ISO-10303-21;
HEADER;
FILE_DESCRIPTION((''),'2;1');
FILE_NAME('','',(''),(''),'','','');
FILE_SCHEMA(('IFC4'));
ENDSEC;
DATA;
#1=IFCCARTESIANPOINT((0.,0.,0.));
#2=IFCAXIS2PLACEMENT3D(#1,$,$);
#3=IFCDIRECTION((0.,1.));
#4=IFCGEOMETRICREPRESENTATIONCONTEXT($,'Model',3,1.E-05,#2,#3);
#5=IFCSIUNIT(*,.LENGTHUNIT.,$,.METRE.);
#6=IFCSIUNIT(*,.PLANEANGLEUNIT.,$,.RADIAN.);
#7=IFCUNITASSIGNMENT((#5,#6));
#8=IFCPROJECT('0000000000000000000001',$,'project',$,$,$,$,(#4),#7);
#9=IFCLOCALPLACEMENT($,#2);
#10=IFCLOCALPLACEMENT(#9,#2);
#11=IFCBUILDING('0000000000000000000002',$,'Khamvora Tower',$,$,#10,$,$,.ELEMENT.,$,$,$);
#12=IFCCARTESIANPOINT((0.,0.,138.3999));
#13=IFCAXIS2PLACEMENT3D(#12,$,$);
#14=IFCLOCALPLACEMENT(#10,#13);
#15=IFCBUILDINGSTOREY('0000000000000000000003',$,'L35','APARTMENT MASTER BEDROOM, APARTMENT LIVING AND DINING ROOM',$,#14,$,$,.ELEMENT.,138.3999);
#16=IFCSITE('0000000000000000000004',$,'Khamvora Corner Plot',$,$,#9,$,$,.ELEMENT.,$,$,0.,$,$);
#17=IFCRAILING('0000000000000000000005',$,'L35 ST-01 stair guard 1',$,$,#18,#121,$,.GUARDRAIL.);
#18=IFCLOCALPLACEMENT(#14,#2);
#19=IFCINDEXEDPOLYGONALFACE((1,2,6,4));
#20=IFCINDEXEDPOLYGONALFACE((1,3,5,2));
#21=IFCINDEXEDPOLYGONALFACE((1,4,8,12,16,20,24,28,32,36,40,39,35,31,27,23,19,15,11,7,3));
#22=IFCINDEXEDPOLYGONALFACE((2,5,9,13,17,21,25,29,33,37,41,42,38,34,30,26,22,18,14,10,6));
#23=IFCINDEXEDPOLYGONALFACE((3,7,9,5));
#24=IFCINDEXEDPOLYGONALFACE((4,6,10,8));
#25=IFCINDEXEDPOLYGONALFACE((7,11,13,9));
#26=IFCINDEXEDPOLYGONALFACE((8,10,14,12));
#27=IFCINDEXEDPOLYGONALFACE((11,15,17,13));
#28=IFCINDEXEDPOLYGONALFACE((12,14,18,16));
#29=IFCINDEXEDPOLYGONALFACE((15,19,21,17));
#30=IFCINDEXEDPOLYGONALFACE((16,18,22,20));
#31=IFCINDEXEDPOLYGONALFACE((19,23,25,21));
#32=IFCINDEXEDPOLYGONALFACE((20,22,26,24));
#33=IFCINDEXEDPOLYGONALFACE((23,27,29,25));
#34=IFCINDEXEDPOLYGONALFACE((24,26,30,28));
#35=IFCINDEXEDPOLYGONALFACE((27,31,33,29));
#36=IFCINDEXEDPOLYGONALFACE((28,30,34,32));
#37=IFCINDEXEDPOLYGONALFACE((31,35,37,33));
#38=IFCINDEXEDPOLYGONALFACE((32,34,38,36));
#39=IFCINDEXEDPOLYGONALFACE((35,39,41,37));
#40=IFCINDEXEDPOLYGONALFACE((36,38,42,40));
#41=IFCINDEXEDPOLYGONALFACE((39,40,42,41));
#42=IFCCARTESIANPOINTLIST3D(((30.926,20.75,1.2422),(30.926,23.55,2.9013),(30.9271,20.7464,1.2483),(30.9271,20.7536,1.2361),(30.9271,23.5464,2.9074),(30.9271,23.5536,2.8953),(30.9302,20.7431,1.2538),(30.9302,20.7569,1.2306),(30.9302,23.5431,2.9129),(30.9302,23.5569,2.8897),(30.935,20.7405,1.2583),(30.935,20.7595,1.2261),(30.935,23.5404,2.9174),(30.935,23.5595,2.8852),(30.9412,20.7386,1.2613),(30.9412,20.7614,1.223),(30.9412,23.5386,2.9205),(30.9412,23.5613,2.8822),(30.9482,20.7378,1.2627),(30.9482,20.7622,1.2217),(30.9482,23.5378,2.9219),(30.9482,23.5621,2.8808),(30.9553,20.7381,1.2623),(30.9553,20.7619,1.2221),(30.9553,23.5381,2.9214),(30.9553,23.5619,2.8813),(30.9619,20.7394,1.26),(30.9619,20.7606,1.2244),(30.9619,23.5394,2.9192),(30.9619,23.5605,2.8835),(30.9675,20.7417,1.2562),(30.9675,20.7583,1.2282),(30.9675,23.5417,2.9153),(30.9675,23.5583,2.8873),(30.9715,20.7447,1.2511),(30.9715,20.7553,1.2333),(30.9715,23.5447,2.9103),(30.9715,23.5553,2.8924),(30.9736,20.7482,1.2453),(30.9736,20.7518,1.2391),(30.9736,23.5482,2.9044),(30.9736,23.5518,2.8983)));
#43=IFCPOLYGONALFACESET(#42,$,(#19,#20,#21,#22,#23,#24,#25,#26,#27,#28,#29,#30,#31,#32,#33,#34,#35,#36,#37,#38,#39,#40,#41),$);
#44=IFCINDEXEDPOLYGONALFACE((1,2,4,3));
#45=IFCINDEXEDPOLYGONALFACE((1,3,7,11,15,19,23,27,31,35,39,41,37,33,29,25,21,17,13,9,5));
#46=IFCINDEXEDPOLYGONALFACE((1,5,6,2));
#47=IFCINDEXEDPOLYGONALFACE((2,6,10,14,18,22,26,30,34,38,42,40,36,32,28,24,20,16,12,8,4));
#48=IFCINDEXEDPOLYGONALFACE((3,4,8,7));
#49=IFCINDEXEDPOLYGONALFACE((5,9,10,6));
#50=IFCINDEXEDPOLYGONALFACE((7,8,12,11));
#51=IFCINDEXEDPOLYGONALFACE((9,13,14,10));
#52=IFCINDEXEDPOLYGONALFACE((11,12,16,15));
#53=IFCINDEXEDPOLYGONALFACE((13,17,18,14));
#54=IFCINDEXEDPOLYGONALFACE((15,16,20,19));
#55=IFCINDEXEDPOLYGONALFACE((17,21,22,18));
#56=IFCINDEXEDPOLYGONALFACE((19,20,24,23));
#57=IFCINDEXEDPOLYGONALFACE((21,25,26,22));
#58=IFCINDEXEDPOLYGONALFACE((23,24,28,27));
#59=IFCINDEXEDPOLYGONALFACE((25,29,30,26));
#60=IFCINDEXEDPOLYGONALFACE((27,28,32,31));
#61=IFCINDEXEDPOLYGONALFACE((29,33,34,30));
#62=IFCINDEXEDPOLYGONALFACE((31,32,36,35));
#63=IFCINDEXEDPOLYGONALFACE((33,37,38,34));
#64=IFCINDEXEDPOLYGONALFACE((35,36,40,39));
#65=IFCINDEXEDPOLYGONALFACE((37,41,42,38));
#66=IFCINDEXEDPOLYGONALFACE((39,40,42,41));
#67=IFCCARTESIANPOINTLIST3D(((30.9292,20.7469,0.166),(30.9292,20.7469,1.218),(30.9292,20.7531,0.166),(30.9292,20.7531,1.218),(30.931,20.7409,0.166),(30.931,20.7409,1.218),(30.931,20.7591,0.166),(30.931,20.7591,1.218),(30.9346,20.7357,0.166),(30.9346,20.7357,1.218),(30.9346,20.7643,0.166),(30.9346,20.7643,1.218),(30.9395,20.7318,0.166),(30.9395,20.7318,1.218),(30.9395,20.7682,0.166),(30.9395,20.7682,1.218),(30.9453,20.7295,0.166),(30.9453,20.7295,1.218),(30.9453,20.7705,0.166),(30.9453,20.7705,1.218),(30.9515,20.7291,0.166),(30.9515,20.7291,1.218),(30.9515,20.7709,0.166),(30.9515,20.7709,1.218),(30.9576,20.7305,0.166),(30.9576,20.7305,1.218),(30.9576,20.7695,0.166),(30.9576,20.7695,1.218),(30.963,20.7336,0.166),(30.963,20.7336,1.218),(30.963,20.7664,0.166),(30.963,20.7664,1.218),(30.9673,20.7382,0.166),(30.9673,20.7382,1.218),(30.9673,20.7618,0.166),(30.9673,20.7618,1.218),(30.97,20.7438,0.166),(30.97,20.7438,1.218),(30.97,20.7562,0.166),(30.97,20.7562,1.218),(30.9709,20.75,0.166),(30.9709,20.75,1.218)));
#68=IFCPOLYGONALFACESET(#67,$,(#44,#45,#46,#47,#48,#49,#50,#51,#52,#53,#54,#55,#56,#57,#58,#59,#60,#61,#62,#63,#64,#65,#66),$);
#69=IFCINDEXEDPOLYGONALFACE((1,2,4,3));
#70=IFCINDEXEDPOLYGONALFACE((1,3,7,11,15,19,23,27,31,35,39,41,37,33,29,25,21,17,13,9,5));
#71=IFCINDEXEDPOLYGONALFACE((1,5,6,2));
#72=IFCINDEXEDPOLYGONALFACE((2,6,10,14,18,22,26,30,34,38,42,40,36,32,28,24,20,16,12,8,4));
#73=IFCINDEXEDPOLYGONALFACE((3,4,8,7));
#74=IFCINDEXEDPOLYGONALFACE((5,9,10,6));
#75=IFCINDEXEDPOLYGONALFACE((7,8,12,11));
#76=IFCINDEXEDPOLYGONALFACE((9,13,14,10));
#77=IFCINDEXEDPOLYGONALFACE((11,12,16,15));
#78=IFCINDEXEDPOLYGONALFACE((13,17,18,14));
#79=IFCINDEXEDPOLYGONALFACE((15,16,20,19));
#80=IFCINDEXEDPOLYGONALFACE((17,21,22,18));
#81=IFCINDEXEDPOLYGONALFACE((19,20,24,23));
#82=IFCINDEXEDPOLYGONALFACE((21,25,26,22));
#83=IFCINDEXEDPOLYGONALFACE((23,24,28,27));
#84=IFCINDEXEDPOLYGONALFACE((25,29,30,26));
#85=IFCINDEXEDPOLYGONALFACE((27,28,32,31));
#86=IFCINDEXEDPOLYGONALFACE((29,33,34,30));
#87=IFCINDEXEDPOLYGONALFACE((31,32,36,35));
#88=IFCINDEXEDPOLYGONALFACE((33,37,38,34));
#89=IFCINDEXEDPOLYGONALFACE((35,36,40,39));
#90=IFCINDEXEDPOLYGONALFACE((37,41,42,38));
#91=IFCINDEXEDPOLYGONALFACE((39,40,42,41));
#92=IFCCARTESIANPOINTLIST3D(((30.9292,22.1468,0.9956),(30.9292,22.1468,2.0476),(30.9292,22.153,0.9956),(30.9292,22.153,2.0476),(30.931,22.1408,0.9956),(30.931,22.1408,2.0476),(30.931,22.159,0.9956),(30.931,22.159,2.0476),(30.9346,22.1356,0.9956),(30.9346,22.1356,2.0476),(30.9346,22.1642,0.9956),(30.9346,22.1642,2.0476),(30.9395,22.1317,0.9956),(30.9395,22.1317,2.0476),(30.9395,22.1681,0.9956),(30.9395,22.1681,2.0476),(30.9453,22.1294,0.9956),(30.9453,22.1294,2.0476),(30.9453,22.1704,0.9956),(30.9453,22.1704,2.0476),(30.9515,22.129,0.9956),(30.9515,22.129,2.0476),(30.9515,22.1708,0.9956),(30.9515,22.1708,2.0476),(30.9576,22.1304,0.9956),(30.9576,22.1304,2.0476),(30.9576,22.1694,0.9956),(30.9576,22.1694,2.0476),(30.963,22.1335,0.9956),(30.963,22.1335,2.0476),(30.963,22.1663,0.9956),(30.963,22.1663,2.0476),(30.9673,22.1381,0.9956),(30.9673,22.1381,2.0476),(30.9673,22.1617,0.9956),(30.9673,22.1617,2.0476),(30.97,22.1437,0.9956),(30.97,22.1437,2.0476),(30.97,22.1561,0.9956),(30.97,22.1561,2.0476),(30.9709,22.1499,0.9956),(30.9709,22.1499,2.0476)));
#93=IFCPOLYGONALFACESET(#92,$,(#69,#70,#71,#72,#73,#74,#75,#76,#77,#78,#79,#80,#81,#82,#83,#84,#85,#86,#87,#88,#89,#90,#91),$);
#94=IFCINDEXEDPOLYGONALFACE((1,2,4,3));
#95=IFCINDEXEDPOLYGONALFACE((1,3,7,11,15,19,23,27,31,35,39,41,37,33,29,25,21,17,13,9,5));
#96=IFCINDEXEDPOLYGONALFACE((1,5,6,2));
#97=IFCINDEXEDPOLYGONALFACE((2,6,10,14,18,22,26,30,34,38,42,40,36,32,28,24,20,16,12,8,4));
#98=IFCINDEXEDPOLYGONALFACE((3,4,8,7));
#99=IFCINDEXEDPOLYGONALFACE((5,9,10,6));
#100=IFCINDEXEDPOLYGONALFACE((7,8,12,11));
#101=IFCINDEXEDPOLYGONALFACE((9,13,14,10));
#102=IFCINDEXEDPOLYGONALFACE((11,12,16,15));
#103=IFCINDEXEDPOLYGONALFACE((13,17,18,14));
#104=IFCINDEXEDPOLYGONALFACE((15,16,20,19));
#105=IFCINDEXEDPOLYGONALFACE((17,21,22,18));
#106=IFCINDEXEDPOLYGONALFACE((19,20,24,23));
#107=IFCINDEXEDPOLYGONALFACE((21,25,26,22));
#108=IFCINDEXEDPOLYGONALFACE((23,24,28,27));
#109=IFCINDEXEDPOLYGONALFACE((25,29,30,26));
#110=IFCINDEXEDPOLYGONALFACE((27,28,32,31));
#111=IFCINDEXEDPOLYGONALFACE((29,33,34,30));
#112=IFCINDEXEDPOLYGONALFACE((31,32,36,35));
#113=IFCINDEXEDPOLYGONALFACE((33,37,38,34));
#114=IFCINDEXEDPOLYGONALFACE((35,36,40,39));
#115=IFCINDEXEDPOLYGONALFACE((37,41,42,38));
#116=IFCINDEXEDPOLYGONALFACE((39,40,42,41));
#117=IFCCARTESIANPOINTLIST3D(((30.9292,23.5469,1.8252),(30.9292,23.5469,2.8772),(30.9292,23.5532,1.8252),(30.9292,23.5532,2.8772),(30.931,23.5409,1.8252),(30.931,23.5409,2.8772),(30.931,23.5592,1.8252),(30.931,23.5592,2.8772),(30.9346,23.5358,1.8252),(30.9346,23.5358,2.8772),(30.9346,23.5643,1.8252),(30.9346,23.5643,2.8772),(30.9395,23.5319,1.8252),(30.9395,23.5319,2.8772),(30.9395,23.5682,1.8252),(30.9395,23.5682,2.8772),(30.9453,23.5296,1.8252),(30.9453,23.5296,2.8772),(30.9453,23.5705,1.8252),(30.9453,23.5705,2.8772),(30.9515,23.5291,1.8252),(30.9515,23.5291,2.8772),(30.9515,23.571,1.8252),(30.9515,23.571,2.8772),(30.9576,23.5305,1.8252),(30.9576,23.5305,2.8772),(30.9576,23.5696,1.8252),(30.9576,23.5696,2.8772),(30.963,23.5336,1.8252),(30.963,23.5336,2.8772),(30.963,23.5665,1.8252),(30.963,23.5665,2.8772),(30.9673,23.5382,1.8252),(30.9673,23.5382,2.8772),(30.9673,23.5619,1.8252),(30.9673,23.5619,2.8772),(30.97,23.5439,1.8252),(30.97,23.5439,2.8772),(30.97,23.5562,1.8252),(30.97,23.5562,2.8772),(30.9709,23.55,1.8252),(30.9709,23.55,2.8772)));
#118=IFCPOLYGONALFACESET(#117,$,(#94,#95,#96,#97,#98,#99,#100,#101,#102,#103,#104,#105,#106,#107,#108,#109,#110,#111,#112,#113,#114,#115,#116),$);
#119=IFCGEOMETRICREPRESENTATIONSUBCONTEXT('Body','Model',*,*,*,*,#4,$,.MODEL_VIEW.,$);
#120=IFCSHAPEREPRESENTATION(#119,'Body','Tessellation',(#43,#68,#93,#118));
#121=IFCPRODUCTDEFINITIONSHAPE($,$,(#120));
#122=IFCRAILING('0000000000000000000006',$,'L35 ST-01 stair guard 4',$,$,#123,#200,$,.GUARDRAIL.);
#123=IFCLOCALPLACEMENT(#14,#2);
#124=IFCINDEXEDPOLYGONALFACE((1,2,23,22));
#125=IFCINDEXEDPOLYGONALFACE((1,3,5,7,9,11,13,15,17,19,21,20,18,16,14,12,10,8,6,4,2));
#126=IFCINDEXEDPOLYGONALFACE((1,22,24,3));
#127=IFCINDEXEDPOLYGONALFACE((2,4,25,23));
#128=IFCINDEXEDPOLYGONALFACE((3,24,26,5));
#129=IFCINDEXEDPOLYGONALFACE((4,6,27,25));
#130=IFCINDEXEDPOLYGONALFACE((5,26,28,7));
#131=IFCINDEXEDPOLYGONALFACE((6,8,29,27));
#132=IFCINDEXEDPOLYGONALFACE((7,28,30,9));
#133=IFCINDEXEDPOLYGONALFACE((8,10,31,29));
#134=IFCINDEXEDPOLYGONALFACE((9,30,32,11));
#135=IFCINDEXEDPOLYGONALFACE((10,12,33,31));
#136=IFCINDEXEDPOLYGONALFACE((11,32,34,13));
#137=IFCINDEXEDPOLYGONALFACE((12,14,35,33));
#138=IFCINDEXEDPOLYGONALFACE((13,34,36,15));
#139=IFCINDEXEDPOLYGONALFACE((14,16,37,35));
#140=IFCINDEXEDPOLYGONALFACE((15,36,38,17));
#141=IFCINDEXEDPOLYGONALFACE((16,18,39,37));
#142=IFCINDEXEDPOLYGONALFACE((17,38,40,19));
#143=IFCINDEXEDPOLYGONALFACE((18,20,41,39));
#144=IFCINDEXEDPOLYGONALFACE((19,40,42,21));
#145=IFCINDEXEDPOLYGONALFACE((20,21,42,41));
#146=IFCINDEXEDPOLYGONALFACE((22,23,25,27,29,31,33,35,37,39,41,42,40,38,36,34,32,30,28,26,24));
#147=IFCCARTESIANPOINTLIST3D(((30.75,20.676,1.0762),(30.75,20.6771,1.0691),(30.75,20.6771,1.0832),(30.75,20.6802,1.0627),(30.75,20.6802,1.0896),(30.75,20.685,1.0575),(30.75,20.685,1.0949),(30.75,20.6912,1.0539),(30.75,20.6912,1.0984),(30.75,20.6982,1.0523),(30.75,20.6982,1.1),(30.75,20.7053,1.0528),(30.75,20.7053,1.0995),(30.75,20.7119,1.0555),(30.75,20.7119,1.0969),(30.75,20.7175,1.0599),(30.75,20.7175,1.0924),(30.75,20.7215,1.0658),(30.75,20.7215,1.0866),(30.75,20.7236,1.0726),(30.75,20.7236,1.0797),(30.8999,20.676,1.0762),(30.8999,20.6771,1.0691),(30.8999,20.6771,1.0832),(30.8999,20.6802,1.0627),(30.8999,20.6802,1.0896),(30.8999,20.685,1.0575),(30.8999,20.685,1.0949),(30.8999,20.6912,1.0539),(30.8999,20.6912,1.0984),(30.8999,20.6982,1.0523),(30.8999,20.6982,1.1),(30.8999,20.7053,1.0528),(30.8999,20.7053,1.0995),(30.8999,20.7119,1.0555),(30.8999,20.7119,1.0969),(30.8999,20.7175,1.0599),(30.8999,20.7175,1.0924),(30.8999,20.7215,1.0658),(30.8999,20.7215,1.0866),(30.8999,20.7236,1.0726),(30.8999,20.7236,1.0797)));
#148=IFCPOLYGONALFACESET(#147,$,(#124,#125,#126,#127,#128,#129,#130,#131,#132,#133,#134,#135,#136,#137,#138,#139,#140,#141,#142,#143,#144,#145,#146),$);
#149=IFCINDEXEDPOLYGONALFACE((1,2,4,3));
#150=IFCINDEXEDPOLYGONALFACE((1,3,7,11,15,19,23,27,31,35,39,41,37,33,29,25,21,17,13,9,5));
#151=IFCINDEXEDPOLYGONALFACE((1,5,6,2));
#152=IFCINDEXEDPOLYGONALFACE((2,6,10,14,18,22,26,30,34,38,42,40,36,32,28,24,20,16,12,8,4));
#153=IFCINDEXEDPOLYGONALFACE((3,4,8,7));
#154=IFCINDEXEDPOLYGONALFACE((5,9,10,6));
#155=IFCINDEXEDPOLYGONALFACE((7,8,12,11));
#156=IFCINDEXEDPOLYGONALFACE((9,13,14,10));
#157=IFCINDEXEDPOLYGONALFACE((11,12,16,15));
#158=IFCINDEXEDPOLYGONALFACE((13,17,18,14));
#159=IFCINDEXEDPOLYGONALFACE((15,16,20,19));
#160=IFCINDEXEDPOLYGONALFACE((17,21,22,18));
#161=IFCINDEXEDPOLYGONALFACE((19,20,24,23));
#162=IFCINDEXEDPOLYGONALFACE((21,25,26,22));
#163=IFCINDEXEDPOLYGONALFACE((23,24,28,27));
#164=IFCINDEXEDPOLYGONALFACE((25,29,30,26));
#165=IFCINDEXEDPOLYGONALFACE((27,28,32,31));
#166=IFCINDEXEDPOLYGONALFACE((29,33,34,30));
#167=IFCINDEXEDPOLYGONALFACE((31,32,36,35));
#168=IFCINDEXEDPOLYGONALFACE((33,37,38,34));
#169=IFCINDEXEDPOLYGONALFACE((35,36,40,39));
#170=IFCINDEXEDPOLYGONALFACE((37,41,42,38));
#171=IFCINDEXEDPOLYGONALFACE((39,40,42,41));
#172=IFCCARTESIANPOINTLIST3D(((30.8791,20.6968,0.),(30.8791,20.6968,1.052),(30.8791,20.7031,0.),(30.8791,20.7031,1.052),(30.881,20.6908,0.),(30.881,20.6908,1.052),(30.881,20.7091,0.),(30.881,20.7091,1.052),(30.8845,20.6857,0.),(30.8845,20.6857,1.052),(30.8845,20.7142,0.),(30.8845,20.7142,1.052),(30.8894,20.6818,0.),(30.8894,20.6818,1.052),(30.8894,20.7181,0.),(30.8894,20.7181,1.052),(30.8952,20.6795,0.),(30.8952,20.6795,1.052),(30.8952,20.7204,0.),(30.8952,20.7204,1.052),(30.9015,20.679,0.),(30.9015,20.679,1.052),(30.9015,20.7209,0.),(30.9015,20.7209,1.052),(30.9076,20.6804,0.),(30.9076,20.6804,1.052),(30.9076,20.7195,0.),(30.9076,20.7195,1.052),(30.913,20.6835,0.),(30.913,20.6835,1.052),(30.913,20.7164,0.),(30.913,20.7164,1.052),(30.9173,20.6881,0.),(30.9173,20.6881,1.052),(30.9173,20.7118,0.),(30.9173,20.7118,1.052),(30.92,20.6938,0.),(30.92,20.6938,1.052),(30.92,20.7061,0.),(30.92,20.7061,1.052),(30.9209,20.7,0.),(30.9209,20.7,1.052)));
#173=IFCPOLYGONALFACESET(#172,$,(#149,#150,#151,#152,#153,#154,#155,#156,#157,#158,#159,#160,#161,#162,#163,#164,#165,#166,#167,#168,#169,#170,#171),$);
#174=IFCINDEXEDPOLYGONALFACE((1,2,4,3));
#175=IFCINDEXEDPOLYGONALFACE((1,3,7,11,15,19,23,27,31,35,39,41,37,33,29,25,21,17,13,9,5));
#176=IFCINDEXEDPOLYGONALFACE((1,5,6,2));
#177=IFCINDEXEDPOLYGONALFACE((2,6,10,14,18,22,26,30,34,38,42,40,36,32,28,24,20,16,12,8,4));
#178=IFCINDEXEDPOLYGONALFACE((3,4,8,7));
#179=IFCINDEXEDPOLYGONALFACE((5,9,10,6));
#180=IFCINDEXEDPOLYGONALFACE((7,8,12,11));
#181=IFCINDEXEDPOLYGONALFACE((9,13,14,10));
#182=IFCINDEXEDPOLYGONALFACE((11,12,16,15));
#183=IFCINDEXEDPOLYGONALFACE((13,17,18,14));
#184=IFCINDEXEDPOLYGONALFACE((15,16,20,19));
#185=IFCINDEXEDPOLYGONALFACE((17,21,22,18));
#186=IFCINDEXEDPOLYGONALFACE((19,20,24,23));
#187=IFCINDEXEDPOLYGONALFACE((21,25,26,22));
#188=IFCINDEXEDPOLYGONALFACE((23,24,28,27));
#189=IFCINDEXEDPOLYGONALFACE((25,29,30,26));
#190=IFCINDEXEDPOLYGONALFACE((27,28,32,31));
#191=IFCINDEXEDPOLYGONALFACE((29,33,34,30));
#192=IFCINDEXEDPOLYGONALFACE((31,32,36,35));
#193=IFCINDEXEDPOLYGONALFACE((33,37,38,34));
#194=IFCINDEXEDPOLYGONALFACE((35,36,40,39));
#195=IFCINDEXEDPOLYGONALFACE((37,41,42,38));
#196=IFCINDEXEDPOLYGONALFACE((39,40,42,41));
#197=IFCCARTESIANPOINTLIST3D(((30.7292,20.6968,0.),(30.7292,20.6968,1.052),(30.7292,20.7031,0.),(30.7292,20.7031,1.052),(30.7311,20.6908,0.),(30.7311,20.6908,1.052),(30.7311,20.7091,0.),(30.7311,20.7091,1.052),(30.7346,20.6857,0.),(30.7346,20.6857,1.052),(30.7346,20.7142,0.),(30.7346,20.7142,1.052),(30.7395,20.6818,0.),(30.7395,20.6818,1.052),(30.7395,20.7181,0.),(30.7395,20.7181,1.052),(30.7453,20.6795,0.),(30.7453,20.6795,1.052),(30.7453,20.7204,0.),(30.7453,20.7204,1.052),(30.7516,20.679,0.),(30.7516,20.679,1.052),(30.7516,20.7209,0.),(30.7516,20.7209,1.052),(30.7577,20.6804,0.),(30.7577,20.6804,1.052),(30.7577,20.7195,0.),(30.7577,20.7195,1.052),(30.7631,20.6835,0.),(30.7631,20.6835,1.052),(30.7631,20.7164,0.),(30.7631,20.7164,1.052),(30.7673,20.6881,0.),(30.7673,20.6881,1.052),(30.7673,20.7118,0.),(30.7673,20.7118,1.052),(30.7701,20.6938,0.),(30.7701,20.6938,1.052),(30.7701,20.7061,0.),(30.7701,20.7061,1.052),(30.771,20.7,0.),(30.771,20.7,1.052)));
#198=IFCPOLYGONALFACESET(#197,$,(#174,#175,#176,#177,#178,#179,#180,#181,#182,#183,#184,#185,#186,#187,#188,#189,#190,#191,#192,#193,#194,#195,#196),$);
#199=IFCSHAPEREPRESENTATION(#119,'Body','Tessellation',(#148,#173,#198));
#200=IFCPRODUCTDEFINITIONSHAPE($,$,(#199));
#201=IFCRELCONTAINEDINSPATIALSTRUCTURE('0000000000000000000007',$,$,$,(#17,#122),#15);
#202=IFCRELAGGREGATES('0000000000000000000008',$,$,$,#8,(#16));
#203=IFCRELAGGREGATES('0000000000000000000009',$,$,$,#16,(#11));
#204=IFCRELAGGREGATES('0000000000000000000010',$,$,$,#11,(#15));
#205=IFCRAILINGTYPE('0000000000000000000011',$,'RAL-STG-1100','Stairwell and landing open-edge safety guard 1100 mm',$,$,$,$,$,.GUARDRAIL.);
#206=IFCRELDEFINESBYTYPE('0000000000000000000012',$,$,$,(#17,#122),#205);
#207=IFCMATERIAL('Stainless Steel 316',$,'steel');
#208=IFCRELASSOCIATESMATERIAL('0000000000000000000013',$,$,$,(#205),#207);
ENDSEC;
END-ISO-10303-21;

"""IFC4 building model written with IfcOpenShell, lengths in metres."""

from ifc_helpers import new_model, si_unit, direction, frame, origin, origin_2d, place, context, subcontext, project, spatial, circle, extrude, material, type_object, element, save


model = new_model("IFC4")

# Units and contexts
model_context = context("Model", 3, precision=1e-05, world=origin(), true_north=direction((0.0, 1.0)))
body_context = subcontext(model_context, "Body", "Model", "MODEL_VIEW")
ifc_project = project(units=[si_unit("LENGTHUNIT", "METRE"), si_unit("PLANEANGLEUNIT", "RADIAN")], contexts=[model_context])

# Site, building, storey
site_placement = place(None, origin())
site = spatial("IfcSite", under=ifc_project, at=site_placement, Name="Khamvora Corner Plot", CompositionType="ELEMENT", RefElevation=0.0)
building_placement = place(site_placement, origin())
building = spatial("IfcBuilding", under=site, at=building_placement, Name="Khamvora Tower", CompositionType="ELEMENT")
storey_placement = place(building_placement, frame((0.0, 0.0, 138.3999)))
storey = spatial("IfcBuildingStorey", under=building, at=storey_placement, Name="L35", Description="APARTMENT MASTER BEDROOM, APARTMENT LIVING AND DINING ROOM", CompositionType="ELEMENT", Elevation=138.3999)

# Railings
ifc_material_1 = material(Name="Stainless Steel 316", Category="steel")
railing_type_1 = type_object("IfcRailingType", Name="RAL-STG-1100", Description="Stairwell and landing open-edge safety guard 1100 mm", PredefinedType="GUARDRAIL", material=ifc_material_1)
railing_1_placement = place(storey_placement, frame((30.95, 20.75, 0.166)))
element("IfcRailing", 1, at=railing_1_placement, inside=storey, type_object=railing_type_1, Name="L35 ST-01 stair guard 1", PredefinedType="GUARDRAIL", context=body_context, shape_type="SweptSolid", body=[
    extrude(circle(Radius=0.0239, at=origin_2d()), frame((0.0, 0.0, 1.0762), z_axis=(0.0, 0.860306, 0.509778), x_axis=(-1.0, 0.0, 0.0)), (0.0, 0.0, 1.0), 3.2546),
    extrude(circle(Radius=0.021, at=origin_2d()), origin(), (0.0, 0.0, 1.0), 1.052),
    extrude(circle(Radius=0.021, at=origin_2d()), frame((0.0, 1.3999, 0.8296)), (0.0, 0.0, 1.0), 1.052),
    extrude(circle(Radius=0.021, at=origin_2d()), frame((0.0, 2.8, 1.6592)), (0.0, 0.0, 1.0), 1.052),
])
railing_2_placement = place(storey_placement, frame((30.8999, 20.7, 0.0)))
element("IfcRailing", 2, at=railing_2_placement, inside=storey, type_object=railing_type_1, Name="L35 ST-01 stair guard 4", PredefinedType="GUARDRAIL", context=body_context, shape_type="SweptSolid", body=[
    extrude(circle(Radius=0.0239, at=origin_2d()), frame((0.0, 0.0, 1.0762), z_axis=(-1.0, 0.0, 0.0), x_axis=(0.0, -1.0, 0.0)), (0.0, 0.0, 1.0), 0.1499),
    extrude(circle(Radius=0.021, at=origin_2d()), origin(), (0.0, 0.0, 1.0), 1.052),
    extrude(circle(Radius=0.021, at=origin_2d()), frame((-0.1499, 0.0, 0.0)), (0.0, 0.0, 1.0), 1.052),
])

save(model, "model.ifc")
